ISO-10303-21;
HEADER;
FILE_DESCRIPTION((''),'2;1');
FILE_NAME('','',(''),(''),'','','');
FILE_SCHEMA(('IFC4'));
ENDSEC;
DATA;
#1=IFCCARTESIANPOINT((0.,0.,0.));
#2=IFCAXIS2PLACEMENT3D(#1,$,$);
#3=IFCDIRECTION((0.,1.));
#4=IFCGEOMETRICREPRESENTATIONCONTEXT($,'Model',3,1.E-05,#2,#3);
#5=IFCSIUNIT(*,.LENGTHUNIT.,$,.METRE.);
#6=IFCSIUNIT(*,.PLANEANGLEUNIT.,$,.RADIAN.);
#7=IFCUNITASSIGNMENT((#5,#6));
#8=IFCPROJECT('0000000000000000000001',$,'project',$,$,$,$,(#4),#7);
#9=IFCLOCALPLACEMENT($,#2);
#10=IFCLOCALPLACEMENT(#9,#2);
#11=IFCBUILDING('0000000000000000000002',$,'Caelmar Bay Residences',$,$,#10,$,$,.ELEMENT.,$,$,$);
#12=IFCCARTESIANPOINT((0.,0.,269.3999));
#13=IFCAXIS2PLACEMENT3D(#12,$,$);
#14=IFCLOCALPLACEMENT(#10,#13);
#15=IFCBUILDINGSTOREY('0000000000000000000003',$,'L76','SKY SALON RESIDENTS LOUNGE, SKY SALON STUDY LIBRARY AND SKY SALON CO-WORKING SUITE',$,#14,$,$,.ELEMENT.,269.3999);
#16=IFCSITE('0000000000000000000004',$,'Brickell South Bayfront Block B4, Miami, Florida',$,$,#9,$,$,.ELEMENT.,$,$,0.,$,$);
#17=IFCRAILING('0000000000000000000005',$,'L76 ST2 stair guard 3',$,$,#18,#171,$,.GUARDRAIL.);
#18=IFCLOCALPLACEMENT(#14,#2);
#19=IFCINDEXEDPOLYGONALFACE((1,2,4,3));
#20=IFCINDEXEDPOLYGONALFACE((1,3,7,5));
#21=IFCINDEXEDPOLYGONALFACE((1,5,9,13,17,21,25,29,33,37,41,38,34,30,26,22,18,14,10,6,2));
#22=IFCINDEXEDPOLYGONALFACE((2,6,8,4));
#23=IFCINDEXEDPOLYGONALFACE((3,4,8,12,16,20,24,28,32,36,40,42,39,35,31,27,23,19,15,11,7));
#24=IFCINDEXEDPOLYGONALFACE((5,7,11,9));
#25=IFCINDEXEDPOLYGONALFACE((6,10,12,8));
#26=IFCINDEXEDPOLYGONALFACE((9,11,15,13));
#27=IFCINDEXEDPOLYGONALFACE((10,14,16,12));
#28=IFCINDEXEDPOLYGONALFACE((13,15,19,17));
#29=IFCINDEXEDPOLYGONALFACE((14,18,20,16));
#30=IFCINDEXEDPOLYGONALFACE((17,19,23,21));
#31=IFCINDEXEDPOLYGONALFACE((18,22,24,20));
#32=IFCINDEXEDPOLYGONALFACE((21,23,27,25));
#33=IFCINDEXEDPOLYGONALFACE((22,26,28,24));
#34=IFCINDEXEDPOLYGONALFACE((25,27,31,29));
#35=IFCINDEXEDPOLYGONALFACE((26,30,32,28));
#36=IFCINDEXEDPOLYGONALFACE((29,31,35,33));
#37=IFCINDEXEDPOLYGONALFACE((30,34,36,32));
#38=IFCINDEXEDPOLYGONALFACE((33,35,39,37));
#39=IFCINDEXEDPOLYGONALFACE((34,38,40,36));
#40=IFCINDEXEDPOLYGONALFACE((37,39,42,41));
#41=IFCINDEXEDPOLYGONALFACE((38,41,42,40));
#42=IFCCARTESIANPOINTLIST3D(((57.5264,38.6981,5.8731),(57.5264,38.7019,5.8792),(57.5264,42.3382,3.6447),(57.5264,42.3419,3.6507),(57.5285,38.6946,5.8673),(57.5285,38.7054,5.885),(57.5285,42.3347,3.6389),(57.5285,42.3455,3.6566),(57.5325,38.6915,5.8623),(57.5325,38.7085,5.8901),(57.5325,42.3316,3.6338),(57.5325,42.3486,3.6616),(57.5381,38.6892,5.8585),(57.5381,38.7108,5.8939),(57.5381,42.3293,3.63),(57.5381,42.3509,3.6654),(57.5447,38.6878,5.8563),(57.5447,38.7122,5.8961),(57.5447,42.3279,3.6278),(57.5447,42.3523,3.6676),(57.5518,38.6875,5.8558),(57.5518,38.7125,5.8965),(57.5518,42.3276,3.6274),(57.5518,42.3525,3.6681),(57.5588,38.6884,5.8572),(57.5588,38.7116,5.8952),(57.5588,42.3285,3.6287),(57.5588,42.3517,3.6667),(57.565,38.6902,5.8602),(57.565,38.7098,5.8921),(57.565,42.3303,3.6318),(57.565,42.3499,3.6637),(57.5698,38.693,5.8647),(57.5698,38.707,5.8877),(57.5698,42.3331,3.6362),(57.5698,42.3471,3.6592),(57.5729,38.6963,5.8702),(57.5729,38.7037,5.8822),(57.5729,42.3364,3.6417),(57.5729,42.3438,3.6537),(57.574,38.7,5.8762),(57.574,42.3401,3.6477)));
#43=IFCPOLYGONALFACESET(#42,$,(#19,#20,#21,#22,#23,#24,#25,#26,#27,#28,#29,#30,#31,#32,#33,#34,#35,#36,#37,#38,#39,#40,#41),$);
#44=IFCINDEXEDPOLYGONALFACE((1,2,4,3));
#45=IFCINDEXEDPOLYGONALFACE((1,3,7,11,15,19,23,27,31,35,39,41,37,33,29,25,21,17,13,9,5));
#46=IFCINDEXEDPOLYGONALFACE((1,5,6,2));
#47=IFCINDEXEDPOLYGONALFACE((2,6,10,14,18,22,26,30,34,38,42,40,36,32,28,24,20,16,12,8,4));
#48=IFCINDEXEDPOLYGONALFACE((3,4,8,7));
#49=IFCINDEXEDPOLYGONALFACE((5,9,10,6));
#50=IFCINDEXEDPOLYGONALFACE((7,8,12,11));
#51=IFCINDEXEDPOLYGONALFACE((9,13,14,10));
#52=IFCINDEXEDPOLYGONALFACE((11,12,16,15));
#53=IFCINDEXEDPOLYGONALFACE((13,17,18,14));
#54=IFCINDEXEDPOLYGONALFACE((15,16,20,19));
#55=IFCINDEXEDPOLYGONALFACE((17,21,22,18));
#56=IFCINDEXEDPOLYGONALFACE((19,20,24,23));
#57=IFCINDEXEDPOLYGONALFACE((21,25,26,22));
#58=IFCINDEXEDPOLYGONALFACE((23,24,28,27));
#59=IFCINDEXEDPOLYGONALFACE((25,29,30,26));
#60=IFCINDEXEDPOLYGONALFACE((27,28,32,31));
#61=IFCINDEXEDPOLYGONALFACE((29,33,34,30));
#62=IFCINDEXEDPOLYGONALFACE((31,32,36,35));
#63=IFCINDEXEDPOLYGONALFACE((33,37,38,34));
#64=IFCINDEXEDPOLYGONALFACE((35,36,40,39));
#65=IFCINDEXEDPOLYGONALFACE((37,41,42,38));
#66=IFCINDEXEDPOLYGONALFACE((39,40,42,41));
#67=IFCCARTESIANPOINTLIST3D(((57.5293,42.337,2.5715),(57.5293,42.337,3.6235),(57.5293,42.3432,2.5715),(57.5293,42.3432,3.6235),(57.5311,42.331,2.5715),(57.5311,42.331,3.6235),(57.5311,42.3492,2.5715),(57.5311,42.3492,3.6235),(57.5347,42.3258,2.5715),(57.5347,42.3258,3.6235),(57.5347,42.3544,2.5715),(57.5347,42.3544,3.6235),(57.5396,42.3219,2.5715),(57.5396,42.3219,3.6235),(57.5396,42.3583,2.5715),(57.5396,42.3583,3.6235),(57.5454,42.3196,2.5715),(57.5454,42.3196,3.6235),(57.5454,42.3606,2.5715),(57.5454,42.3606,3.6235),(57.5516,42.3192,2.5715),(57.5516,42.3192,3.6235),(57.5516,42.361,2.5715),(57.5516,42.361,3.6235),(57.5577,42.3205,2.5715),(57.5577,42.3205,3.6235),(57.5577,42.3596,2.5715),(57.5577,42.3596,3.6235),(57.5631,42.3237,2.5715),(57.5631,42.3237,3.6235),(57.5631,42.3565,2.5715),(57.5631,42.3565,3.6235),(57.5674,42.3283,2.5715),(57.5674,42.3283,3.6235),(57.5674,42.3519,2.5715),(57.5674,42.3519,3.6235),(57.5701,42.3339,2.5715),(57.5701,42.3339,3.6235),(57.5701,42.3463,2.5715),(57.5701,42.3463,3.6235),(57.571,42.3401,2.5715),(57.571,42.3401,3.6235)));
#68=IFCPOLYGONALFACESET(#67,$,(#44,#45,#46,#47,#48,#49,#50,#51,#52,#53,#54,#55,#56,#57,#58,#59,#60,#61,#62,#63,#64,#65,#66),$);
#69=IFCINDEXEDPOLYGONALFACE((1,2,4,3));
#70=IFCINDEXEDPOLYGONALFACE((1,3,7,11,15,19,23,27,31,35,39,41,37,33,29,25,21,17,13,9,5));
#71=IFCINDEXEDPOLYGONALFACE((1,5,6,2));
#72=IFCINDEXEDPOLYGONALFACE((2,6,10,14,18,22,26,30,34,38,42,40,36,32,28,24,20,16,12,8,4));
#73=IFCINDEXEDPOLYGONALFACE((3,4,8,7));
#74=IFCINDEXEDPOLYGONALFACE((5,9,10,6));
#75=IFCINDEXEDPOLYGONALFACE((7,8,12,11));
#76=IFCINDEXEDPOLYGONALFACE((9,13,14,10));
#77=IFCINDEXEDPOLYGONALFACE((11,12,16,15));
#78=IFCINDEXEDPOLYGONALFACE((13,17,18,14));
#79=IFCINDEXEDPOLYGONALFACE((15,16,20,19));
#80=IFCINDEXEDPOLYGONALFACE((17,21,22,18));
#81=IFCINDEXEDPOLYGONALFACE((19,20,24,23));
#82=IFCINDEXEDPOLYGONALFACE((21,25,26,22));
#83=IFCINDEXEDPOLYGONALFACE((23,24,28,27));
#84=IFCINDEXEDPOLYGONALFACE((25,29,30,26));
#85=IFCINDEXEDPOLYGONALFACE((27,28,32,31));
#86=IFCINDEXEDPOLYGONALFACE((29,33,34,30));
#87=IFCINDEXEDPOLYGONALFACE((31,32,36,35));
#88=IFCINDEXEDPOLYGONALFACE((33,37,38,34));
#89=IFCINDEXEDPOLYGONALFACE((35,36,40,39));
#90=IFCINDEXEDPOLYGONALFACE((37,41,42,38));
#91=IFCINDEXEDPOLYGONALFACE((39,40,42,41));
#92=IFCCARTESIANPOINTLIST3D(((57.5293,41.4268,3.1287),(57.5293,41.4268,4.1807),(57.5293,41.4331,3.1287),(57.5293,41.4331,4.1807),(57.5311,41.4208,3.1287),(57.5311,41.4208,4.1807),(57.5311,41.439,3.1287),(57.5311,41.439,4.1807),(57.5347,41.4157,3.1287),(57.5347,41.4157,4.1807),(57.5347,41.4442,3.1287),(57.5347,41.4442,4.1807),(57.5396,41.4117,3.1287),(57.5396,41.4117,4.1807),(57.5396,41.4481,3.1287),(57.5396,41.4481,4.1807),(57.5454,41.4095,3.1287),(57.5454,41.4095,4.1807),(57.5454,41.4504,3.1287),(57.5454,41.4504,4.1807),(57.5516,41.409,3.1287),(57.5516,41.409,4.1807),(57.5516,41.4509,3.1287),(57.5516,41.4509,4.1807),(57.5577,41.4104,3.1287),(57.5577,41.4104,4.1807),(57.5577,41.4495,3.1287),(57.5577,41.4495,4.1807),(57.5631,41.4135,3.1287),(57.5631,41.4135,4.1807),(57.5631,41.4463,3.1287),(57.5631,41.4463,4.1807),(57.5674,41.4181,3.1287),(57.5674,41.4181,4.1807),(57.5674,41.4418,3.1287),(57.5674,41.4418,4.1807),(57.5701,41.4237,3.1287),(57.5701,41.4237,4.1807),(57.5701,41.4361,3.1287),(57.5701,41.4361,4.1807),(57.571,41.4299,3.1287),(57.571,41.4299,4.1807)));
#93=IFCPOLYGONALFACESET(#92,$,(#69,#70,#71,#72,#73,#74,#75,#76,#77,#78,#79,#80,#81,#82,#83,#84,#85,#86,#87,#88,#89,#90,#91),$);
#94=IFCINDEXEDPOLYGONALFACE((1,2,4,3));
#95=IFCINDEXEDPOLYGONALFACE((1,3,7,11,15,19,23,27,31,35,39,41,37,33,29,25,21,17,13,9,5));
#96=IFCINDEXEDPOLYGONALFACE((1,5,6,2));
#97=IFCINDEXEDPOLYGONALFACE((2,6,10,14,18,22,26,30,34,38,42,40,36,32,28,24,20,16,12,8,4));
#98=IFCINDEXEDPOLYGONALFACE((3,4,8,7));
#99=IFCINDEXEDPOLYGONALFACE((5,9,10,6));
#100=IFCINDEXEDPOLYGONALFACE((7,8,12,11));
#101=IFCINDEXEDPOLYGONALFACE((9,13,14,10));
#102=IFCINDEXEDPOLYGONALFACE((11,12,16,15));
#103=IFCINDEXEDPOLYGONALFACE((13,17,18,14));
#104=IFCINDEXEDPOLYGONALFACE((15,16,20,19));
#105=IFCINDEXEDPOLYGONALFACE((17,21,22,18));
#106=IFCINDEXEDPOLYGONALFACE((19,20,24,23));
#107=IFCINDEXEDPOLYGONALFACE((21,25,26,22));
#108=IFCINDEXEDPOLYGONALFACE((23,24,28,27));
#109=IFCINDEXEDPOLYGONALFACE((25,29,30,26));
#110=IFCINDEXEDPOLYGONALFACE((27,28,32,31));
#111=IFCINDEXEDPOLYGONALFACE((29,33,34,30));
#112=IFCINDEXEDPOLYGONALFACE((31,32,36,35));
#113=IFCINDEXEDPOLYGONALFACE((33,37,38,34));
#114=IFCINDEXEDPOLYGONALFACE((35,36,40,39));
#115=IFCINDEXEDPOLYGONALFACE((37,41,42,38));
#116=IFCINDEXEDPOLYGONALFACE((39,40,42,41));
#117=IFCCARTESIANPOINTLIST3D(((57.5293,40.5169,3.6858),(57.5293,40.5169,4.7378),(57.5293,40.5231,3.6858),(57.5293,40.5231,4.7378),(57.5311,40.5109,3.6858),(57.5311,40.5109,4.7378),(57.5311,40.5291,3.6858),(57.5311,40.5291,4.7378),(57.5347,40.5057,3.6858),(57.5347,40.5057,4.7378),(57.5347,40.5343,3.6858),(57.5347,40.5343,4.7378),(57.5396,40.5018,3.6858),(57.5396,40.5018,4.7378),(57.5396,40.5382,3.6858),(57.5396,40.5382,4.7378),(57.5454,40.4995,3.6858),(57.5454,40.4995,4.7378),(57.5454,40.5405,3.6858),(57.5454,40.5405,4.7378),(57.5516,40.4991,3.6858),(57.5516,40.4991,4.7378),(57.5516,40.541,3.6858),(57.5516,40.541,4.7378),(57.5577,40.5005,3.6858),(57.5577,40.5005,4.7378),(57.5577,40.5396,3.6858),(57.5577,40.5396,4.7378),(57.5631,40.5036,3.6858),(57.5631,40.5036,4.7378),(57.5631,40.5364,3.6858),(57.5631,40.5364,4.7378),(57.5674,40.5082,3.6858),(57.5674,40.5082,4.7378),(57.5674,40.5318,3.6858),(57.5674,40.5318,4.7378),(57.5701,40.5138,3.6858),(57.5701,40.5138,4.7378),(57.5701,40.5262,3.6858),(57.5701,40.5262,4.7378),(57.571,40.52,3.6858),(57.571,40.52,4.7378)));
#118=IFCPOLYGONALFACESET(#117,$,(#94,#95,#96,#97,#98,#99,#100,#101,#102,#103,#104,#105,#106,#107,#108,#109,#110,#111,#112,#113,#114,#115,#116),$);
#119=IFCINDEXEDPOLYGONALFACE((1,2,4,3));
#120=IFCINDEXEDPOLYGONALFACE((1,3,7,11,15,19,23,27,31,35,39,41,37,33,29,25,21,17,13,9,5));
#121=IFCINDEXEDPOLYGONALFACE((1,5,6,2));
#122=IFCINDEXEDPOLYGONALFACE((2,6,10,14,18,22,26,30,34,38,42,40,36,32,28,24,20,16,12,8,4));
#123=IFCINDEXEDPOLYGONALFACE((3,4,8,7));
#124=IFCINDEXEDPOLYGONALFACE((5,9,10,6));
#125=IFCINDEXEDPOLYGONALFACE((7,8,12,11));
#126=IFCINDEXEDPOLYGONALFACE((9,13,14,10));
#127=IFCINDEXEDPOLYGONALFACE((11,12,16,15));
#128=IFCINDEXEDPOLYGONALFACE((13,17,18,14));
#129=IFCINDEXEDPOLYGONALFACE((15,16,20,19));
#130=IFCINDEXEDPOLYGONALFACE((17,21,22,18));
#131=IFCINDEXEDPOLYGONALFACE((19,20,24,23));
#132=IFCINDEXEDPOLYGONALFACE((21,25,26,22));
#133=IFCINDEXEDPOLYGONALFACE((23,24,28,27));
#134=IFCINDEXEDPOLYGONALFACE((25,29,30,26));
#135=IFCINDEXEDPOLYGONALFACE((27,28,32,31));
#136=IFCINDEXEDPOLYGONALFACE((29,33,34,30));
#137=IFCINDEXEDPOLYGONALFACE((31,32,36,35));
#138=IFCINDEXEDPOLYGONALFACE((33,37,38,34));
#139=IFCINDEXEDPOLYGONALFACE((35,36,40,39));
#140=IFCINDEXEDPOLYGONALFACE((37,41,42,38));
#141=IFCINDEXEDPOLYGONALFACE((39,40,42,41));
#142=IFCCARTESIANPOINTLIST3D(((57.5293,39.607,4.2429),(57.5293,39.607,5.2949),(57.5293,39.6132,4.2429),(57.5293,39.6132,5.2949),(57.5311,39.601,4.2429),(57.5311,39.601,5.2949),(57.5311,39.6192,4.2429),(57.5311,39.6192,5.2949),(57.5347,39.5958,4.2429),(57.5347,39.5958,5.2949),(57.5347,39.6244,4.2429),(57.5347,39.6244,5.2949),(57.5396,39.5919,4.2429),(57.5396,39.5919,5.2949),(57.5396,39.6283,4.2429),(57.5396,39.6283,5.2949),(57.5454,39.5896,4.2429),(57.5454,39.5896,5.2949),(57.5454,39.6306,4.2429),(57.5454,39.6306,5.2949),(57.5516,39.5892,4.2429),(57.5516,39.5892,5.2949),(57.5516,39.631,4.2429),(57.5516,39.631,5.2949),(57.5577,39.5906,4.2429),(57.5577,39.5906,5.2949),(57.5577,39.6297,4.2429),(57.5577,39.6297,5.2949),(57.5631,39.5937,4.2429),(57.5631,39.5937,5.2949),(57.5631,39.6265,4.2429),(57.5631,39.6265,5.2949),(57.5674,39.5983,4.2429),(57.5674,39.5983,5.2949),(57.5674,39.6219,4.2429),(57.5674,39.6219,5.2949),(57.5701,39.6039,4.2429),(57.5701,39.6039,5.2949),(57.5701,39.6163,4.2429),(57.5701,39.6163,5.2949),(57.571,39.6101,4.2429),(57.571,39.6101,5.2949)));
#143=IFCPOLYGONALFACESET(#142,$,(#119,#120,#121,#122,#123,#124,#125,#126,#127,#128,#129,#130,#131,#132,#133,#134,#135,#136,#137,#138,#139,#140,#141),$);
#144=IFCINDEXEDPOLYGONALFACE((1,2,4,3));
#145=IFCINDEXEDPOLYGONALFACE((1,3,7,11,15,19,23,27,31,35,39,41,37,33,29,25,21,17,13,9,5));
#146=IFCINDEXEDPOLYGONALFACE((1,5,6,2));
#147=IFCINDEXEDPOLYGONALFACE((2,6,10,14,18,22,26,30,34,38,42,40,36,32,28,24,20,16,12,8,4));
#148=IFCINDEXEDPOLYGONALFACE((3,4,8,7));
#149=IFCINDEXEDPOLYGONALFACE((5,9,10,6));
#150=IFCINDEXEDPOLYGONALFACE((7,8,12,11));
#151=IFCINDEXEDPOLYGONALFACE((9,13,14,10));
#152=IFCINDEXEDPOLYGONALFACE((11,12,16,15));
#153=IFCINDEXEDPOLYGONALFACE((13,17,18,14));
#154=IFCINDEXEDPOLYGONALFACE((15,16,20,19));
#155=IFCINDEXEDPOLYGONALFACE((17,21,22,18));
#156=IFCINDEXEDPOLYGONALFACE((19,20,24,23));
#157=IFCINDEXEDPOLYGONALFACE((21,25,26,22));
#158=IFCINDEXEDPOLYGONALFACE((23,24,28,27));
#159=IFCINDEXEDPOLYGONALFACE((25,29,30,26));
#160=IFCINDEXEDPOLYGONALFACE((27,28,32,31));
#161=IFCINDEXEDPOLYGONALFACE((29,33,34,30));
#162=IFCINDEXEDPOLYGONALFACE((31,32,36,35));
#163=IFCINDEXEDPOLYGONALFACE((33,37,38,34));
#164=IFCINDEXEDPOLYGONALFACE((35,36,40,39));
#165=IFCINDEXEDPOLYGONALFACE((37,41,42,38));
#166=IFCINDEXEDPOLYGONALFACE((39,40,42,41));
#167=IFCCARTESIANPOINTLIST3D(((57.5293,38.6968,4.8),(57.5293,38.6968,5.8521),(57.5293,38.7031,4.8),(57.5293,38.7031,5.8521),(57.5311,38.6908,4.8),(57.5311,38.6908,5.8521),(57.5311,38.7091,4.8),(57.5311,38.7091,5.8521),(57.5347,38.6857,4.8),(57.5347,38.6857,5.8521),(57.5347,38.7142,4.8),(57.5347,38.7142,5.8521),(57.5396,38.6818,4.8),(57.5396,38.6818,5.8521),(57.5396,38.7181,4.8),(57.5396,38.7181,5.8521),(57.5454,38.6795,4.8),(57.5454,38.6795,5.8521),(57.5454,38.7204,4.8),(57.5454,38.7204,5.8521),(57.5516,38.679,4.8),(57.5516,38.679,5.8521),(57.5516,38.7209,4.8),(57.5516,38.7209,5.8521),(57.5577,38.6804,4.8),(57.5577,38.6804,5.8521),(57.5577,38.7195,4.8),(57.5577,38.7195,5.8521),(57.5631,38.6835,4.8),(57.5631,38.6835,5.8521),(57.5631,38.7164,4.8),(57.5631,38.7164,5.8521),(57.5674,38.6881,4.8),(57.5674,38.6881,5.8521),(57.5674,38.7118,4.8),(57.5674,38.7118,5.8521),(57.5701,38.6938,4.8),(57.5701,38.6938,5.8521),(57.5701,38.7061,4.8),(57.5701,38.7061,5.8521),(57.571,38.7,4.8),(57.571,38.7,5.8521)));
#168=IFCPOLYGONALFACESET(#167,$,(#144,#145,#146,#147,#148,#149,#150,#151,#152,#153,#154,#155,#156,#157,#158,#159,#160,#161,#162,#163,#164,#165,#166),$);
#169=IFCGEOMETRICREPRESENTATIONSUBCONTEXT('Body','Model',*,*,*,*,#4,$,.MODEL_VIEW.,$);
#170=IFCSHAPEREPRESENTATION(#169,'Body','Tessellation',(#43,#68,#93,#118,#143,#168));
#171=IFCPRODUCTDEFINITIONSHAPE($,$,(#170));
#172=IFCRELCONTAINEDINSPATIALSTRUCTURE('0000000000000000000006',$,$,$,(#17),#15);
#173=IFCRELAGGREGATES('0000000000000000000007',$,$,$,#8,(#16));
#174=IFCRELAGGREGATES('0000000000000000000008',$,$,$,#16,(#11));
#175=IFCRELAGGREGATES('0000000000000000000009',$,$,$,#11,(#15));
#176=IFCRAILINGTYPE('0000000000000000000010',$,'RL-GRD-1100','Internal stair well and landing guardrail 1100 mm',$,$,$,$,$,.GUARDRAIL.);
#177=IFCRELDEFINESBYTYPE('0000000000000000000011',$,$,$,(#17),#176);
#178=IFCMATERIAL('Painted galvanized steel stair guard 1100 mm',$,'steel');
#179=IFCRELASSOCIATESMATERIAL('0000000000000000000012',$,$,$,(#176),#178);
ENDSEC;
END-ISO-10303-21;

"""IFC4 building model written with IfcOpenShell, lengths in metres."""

from ifc_helpers import new_model, si_unit, direction, frame, origin, origin_2d, place, context, subcontext, project, spatial, circle, extrude, material, type_object, element, save


model = new_model("IFC4")

# Units and contexts
model_context = context("Model", 3, precision=1e-05, world=origin(), true_north=direction((0.0, 1.0)))
body_context = subcontext(model_context, "Body", "Model", "MODEL_VIEW")
ifc_project = project(units=[si_unit("LENGTHUNIT", "METRE"), si_unit("PLANEANGLEUNIT", "RADIAN")], contexts=[model_context])

# Site, building, storey
site_placement = place(None, origin())
site = spatial("IfcSite", under=ifc_project, at=site_placement, Name="Brickell South Bayfront Block B4, Miami, Florida", CompositionType="ELEMENT", RefElevation=0.0)
building_placement = place(site_placement, origin())
building = spatial("IfcBuilding", under=site, at=building_placement, Name="Caelmar Bay Residences", CompositionType="ELEMENT")
storey_placement = place(building_placement, frame((0.0, 0.0, 269.3999)))
storey = spatial("IfcBuildingStorey", under=building, at=storey_placement, Name="L76", Description="SKY SALON RESIDENTS LOUNGE, SKY SALON STUDY LIBRARY AND SKY SALON CO-WORKING SUITE", CompositionType="ELEMENT", Elevation=269.3999)

# Railing
ifc_material_1 = material(Name="Painted galvanized steel stair guard 1100 mm", Category="steel")
railing_type_1 = type_object("IfcRailingType", Name="RL-GRD-1100", Description="Internal stair well and landing guardrail 1100 mm", PredefinedType="GUARDRAIL", material=ifc_material_1)
railing_1_placement = place(storey_placement, frame((57.55, 42.3401, 2.5715)))
element("IfcRailing", 1, at=railing_1_placement, inside=storey, type_object=railing_type_1, Name="L76 ST2 stair guard 3", PredefinedType="GUARDRAIL", context=body_context, shape_type="SweptSolid", body=[
    extrude(circle(Radius=0.0239, at=origin_2d()), frame((0.0, 0.0, 1.0762), z_axis=(0.0, -0.852866, 0.52213), x_axis=(1.0, 0.0, 0.0)), (0.0, 0.0, 1.0), 4.2681),
    extrude(circle(Radius=0.021, at=origin_2d()), origin(), (0.0, 0.0, 1.0), 1.052),
    extrude(circle(Radius=0.021, at=origin_2d()), frame((0.0, -0.9102, 0.5571)), (0.0, 0.0, 1.0), 1.052),
    extrude(circle(Radius=0.021, at=origin_2d()), frame((0.0, -1.8201, 1.1143)), (0.0, 0.0, 1.0), 1.052),
    extrude(circle(Radius=0.021, at=origin_2d()), frame((0.0, -2.73, 1.6714)), (0.0, 0.0, 1.0), 1.052),
    extrude(circle(Radius=0.021, at=origin_2d()), frame((0.0, -3.6401, 2.2285)), (0.0, 0.0, 1.0), 1.052),
])

save(model, "model.ifc")
